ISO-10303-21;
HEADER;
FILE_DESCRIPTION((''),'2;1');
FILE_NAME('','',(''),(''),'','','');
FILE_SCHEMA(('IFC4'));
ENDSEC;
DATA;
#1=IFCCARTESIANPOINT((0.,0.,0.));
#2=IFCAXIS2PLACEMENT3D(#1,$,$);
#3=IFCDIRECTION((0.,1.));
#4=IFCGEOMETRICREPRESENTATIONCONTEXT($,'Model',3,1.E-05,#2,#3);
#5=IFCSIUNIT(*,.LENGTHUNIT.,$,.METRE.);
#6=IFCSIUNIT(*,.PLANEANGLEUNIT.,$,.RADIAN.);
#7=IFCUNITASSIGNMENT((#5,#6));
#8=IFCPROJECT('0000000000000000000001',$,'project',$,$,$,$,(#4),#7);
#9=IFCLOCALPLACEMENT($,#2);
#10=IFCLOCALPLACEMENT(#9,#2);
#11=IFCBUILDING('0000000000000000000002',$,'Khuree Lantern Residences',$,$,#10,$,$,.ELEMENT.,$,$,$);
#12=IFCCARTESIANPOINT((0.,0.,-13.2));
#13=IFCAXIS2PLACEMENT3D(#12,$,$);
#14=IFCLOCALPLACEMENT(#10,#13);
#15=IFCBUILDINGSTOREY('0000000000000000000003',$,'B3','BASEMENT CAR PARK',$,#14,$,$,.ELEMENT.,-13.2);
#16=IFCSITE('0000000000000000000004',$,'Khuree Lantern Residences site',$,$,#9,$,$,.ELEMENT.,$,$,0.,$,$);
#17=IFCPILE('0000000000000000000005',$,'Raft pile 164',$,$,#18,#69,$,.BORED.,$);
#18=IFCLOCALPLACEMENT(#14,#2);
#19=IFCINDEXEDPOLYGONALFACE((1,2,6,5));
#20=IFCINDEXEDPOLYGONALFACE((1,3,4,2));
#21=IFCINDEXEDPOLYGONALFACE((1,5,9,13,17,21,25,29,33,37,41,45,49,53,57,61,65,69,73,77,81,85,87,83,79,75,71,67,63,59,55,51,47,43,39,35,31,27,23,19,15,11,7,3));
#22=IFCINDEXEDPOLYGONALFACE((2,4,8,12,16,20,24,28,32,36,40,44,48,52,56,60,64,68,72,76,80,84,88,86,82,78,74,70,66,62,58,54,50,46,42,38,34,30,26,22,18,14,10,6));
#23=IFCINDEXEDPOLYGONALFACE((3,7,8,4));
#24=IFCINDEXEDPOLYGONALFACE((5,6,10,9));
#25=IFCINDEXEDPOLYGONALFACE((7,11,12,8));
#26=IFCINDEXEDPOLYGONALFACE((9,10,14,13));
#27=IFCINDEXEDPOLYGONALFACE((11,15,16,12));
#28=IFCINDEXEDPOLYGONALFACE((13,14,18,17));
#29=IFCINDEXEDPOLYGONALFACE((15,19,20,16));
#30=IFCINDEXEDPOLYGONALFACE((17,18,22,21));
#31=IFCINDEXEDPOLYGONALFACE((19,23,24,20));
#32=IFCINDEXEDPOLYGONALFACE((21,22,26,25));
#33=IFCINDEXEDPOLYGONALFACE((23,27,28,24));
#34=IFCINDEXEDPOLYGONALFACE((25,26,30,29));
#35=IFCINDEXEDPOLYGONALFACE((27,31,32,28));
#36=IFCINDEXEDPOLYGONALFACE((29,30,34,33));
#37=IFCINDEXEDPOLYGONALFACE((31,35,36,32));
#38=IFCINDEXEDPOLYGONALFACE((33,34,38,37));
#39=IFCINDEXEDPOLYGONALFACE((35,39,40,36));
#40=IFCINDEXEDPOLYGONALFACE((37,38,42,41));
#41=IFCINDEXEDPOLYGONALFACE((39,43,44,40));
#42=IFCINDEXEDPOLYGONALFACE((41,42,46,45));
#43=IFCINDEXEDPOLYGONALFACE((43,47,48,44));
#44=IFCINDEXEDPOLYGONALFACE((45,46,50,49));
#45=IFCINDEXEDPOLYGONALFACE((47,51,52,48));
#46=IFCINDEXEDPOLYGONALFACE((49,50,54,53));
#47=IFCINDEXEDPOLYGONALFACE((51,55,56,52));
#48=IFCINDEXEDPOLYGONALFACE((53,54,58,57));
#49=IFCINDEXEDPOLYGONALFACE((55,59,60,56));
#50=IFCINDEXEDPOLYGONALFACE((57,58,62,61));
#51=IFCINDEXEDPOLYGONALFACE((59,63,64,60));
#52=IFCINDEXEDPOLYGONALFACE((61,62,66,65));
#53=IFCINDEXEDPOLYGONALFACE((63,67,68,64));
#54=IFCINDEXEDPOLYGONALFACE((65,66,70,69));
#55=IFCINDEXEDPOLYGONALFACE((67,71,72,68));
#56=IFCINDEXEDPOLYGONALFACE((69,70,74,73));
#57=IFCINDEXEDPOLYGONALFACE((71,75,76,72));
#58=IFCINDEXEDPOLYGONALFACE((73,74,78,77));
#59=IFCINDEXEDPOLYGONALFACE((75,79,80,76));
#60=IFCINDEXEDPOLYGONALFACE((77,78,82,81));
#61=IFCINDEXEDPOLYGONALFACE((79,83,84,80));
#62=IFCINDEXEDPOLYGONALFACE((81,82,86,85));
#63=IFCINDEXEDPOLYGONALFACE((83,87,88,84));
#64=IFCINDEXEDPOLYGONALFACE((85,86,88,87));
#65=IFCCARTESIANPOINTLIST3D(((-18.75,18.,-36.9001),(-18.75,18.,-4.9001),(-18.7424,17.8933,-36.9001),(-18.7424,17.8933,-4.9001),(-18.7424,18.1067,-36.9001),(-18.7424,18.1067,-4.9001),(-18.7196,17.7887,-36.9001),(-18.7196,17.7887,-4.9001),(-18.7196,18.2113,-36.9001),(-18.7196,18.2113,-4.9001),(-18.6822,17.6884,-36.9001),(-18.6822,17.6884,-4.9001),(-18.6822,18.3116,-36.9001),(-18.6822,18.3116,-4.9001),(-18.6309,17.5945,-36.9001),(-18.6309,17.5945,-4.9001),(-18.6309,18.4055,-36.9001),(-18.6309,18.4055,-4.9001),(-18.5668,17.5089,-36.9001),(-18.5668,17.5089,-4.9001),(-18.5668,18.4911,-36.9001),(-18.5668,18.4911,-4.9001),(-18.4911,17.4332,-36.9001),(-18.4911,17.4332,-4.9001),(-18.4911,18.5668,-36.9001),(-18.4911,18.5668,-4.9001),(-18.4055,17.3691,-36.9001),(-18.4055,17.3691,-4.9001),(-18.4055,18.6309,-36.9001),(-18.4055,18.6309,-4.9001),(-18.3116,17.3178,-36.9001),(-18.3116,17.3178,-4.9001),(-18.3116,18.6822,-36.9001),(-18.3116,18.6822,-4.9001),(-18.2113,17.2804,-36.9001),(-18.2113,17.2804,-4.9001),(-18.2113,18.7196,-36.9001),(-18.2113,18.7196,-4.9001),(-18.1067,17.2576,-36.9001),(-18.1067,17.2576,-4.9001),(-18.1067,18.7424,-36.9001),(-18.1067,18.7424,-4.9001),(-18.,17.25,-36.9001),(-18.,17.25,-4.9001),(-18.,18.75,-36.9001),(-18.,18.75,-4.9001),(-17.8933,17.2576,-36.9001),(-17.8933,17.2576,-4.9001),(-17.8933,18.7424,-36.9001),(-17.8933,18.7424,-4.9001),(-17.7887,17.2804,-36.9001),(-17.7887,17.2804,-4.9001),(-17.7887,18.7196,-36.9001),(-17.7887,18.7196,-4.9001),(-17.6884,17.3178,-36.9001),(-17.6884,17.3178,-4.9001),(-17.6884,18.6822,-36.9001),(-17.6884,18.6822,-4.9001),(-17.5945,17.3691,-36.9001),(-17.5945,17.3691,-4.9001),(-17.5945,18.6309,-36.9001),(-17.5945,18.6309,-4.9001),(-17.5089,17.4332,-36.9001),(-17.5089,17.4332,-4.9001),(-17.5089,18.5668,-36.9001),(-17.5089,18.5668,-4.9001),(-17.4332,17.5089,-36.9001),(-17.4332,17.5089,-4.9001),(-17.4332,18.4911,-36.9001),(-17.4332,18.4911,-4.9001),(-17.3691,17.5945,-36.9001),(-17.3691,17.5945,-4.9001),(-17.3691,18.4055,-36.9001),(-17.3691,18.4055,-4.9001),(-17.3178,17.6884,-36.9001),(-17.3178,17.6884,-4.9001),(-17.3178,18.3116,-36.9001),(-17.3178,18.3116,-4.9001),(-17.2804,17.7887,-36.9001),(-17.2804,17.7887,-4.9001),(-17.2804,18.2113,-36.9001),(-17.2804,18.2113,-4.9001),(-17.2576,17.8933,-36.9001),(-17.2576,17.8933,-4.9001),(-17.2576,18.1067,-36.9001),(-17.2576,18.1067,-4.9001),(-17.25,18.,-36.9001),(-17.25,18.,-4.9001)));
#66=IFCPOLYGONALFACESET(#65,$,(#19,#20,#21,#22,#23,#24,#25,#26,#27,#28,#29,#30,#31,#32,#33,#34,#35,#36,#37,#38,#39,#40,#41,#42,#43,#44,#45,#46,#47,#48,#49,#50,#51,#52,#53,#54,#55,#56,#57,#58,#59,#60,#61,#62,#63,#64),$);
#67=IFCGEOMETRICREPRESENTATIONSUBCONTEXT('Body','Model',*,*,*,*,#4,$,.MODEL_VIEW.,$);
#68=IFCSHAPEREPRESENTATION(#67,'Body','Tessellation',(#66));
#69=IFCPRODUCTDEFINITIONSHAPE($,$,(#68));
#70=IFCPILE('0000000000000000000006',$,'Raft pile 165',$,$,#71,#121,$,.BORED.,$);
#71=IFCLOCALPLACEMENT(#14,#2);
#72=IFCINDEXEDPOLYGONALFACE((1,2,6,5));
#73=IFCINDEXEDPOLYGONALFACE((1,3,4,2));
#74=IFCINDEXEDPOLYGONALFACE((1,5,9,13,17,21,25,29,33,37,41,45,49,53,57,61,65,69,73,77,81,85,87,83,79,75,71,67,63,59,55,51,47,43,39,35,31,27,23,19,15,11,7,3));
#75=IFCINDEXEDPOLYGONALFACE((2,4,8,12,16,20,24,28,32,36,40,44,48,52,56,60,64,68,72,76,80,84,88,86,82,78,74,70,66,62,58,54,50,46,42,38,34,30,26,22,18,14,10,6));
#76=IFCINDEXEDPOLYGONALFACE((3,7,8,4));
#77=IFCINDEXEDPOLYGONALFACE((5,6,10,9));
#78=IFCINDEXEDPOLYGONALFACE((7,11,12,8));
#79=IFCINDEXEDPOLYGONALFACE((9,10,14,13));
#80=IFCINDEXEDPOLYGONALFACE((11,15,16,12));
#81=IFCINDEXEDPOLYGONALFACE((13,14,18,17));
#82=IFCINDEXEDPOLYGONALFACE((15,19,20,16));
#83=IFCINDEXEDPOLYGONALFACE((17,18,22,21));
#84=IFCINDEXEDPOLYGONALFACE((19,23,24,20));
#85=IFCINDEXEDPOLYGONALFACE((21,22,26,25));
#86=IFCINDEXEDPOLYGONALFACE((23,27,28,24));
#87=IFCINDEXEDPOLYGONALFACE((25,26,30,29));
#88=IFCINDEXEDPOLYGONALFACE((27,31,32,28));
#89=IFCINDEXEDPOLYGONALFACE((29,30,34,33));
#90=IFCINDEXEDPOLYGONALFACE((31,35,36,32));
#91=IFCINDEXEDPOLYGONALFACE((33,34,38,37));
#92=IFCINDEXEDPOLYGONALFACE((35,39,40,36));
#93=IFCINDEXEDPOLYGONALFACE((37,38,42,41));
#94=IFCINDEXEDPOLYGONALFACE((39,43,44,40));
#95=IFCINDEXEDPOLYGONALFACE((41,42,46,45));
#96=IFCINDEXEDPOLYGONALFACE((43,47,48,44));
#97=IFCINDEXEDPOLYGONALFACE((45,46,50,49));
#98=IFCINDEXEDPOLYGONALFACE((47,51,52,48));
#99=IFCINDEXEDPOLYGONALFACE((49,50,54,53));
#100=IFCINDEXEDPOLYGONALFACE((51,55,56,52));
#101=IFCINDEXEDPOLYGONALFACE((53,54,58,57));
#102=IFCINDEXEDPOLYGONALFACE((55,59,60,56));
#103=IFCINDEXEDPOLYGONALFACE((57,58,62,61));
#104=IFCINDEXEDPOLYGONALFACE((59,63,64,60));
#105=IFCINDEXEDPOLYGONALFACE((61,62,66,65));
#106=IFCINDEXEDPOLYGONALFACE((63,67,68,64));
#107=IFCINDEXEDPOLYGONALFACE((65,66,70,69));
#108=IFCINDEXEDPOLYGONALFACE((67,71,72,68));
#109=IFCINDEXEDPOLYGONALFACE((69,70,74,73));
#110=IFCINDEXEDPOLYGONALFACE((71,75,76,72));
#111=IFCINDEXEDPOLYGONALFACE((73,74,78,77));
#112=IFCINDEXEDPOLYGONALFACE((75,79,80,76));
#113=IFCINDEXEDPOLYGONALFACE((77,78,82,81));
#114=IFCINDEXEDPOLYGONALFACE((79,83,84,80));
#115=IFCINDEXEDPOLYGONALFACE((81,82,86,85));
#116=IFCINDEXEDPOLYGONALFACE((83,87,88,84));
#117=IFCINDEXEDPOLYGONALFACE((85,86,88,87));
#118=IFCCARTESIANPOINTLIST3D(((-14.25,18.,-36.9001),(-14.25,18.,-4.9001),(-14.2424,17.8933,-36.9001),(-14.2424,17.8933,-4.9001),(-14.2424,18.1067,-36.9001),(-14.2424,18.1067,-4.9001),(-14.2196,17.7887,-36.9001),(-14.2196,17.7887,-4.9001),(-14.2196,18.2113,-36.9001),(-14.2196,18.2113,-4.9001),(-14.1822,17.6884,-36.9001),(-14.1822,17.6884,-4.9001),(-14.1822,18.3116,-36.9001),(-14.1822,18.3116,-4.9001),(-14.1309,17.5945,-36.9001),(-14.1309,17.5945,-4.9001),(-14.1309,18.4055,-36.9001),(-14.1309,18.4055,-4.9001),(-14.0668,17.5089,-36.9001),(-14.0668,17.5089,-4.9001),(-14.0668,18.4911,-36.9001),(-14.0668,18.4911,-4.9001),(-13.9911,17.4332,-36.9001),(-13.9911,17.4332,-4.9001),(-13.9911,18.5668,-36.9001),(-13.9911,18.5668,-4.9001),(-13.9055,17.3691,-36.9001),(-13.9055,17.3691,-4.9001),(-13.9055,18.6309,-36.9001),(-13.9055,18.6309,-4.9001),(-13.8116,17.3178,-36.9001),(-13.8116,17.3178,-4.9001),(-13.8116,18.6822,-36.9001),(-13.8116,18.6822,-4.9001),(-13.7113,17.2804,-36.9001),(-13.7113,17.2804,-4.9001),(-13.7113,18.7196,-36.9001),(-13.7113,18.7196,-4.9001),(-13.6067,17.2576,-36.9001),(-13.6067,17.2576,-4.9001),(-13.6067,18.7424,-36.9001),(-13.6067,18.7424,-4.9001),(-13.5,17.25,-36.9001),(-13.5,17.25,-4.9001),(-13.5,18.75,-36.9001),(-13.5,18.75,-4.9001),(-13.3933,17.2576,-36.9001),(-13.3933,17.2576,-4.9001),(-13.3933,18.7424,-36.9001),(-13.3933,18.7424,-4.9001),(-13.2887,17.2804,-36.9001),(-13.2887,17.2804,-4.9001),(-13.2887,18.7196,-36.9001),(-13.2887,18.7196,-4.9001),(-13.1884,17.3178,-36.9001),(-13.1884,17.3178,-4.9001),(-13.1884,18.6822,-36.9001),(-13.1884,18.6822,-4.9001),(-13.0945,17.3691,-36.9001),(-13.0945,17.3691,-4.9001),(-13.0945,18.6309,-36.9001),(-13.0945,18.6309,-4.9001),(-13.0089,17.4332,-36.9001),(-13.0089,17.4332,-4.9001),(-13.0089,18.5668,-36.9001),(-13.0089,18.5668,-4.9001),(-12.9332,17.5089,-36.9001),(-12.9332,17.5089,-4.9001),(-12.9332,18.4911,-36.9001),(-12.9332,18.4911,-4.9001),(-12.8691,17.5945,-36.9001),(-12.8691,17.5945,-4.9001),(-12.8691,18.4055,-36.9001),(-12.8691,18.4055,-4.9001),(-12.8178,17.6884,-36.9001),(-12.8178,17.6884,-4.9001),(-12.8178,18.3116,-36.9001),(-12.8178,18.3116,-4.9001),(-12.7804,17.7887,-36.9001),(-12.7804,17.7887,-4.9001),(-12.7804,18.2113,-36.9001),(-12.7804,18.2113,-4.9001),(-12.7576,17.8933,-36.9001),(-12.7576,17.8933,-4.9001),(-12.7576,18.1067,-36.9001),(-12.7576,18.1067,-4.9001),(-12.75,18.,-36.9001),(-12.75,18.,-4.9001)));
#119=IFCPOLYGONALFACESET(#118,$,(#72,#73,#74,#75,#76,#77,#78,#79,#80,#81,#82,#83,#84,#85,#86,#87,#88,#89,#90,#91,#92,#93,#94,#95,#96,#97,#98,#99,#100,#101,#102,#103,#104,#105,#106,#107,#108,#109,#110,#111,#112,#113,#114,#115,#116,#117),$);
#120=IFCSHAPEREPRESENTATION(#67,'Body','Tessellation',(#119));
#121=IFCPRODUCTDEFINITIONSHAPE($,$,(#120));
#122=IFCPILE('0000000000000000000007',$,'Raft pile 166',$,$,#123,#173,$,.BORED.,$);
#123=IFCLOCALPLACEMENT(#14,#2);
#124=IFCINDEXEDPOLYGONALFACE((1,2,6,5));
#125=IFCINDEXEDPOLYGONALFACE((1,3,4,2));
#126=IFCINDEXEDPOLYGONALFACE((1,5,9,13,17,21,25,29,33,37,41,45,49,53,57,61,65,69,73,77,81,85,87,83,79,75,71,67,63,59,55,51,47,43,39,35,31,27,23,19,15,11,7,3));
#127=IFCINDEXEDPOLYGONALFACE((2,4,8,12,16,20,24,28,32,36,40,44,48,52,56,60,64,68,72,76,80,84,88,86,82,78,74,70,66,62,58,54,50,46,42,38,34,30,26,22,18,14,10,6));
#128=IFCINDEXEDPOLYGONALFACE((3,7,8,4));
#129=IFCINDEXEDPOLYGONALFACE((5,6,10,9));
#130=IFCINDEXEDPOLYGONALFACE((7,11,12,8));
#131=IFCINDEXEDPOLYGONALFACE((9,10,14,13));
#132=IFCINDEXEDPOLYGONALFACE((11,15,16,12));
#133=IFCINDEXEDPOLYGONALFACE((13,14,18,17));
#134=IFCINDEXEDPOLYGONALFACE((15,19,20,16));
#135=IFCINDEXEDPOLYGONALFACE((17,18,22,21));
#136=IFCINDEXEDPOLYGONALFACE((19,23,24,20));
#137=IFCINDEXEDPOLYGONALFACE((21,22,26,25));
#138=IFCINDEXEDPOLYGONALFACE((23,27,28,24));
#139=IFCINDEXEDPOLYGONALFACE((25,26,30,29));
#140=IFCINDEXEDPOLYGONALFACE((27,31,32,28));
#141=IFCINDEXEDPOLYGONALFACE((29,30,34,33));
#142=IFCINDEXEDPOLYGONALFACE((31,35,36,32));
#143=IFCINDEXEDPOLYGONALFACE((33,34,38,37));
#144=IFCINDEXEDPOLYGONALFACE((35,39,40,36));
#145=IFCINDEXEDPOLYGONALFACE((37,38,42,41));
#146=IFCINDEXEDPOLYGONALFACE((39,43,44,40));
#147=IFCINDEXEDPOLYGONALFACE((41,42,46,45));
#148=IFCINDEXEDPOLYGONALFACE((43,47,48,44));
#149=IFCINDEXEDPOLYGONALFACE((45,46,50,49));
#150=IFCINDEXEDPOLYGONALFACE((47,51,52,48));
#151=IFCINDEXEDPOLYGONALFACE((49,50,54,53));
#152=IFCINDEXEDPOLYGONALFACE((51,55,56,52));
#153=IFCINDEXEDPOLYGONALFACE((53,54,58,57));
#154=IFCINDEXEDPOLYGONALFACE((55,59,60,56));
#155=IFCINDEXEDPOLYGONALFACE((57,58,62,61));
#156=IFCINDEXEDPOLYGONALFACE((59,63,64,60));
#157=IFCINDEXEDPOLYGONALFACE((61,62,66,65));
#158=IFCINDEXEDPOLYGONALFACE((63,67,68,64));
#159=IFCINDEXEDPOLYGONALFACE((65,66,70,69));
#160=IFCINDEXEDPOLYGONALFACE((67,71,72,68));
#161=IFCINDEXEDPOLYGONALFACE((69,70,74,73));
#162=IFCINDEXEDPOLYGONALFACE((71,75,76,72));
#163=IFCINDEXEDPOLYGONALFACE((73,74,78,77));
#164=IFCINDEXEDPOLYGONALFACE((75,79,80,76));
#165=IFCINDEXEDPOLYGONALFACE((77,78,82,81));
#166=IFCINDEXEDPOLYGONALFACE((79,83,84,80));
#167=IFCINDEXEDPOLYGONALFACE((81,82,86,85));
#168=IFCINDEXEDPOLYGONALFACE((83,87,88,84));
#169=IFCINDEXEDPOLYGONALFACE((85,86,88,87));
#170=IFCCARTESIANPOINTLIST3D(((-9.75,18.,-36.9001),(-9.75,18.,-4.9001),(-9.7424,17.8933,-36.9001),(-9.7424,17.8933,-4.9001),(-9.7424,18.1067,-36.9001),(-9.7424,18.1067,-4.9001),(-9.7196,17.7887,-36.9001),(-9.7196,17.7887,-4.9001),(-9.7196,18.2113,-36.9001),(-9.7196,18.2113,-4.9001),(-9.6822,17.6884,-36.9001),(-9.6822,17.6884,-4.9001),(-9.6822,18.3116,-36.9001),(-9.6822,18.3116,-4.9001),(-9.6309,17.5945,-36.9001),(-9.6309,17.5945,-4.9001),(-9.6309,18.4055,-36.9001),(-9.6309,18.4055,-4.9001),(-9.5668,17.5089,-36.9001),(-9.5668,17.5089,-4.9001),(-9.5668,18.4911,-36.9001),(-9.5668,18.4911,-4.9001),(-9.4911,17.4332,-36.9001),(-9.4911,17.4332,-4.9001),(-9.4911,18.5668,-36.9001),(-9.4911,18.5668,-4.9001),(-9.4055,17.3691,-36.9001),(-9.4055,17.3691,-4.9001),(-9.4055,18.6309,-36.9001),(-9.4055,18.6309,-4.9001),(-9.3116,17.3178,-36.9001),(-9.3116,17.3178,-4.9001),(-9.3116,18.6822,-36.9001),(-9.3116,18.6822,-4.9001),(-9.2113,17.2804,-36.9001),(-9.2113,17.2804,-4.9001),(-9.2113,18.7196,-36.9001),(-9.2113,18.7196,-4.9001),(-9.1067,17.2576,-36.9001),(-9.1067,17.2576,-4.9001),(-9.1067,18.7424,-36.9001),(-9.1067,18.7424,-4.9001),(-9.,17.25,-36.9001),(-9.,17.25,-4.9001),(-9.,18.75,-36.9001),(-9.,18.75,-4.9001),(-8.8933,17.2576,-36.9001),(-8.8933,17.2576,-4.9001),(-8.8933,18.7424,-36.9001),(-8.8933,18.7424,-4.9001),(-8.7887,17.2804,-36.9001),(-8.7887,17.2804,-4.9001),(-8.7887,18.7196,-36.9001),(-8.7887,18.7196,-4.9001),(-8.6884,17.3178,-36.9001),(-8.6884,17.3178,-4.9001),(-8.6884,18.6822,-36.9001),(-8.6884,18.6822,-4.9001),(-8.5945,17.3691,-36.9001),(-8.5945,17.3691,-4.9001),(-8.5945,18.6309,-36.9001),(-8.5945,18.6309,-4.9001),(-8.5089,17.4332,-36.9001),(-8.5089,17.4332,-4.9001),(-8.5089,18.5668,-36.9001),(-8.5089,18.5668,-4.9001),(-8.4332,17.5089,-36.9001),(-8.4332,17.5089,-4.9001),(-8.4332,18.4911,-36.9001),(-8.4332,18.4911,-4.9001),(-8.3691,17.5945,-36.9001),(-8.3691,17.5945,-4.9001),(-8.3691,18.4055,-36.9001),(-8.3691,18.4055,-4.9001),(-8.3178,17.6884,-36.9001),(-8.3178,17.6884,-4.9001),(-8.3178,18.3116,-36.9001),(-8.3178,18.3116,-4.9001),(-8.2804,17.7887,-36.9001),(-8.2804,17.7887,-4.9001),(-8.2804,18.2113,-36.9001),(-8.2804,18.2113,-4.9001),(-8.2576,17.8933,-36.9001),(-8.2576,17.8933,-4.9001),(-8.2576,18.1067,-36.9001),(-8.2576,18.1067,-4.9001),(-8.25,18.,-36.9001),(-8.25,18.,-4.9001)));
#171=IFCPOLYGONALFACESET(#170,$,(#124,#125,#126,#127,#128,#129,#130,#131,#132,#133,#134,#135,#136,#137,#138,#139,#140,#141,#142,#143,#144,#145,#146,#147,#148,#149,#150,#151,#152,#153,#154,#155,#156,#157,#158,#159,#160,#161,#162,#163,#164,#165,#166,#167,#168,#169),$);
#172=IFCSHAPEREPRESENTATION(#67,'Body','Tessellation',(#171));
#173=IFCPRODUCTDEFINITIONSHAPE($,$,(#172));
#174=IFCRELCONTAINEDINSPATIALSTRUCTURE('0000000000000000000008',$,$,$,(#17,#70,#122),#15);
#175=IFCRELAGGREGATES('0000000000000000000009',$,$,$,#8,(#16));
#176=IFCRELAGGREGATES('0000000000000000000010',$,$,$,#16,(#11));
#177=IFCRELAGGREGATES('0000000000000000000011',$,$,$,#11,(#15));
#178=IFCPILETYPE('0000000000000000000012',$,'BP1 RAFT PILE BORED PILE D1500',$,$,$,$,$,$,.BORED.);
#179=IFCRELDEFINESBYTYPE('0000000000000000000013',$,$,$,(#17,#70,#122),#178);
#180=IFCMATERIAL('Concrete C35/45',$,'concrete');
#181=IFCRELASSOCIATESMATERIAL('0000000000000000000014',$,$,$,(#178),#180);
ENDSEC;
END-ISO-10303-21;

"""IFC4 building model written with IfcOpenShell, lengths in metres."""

from ifc_helpers import new_model, si_unit, direction, frame, origin, origin_2d, place, context, subcontext, project, spatial, circle, extrude, material, material_profile, profile_set, type_object, element, save


model = new_model("IFC4")

# Units and contexts
model_context = context("Model", 3, precision=1e-05, world=origin(), true_north=direction((0.0, 1.0)))
body_context = subcontext(model_context, "Body", "Model", "MODEL_VIEW")
ifc_project = project(units=[si_unit("LENGTHUNIT", "METRE"), si_unit("PLANEANGLEUNIT", "RADIAN")], contexts=[model_context])

# Site, building, storey
site_placement = place(None, origin())
site = spatial("IfcSite", under=ifc_project, at=site_placement, Name="Khuree Lantern Residences site", CompositionType="ELEMENT", RefElevation=0.0)
building_placement = place(site_placement, origin())
building = spatial("IfcBuilding", under=site, at=building_placement, Name="Khuree Lantern Residences", CompositionType="ELEMENT")
storey_placement = place(building_placement, frame((0.0, 0.0, -13.2)))
storey = spatial("IfcBuildingStorey", under=building, at=storey_placement, Name="B3", Description="BASEMENT CAR PARK", CompositionType="ELEMENT", Elevation=-13.2)

# Piles
ifc_material_1 = material(Name="Concrete C35/45", Category="concrete")
ifc_material_profile_1 = material_profile(ifc_material_1, circle(Radius=0.75, at=origin_2d()), Name="BORED PILE D1500")
ifc_profile_set_1 = profile_set([ifc_material_profile_1], Name="Concrete C35/45")
pile_type = type_object("IfcPileType", Name="BP1 RAFT PILE BORED PILE D1500", PredefinedType="BORED", material=ifc_profile_set_1)
for number, where, z_axis, x_axis, name in (
    (1, (-18.0, 18.0, -4.9001), (0.0, 0.0, -1.0), (1.0, 0.0, 0.0), "Raft pile 164"),
    (2, (-13.5, 18.0, -4.9001), (0.0, 0.0, -1.0), (1.0, 0.0, 0.0), "Raft pile 165"),
    (3, (-9.0, 18.0, -4.9001), (0.0, 0.0, -1.0), (1.0, 0.0, 0.0), "Raft pile 166"),
):
    element("IfcPile", number, at=place(storey_placement, frame(where, z_axis=z_axis, x_axis=x_axis)), inside=storey, type_object=pile_type, Name=name, PredefinedType="BORED", context=body_context, shape_type="SweptSolid", body=[
        extrude(circle(Radius=0.75, at=origin_2d()), origin(), (0.0, 0.0, 1.0), 32.0),
    ])

save(model, "model.ifc")
